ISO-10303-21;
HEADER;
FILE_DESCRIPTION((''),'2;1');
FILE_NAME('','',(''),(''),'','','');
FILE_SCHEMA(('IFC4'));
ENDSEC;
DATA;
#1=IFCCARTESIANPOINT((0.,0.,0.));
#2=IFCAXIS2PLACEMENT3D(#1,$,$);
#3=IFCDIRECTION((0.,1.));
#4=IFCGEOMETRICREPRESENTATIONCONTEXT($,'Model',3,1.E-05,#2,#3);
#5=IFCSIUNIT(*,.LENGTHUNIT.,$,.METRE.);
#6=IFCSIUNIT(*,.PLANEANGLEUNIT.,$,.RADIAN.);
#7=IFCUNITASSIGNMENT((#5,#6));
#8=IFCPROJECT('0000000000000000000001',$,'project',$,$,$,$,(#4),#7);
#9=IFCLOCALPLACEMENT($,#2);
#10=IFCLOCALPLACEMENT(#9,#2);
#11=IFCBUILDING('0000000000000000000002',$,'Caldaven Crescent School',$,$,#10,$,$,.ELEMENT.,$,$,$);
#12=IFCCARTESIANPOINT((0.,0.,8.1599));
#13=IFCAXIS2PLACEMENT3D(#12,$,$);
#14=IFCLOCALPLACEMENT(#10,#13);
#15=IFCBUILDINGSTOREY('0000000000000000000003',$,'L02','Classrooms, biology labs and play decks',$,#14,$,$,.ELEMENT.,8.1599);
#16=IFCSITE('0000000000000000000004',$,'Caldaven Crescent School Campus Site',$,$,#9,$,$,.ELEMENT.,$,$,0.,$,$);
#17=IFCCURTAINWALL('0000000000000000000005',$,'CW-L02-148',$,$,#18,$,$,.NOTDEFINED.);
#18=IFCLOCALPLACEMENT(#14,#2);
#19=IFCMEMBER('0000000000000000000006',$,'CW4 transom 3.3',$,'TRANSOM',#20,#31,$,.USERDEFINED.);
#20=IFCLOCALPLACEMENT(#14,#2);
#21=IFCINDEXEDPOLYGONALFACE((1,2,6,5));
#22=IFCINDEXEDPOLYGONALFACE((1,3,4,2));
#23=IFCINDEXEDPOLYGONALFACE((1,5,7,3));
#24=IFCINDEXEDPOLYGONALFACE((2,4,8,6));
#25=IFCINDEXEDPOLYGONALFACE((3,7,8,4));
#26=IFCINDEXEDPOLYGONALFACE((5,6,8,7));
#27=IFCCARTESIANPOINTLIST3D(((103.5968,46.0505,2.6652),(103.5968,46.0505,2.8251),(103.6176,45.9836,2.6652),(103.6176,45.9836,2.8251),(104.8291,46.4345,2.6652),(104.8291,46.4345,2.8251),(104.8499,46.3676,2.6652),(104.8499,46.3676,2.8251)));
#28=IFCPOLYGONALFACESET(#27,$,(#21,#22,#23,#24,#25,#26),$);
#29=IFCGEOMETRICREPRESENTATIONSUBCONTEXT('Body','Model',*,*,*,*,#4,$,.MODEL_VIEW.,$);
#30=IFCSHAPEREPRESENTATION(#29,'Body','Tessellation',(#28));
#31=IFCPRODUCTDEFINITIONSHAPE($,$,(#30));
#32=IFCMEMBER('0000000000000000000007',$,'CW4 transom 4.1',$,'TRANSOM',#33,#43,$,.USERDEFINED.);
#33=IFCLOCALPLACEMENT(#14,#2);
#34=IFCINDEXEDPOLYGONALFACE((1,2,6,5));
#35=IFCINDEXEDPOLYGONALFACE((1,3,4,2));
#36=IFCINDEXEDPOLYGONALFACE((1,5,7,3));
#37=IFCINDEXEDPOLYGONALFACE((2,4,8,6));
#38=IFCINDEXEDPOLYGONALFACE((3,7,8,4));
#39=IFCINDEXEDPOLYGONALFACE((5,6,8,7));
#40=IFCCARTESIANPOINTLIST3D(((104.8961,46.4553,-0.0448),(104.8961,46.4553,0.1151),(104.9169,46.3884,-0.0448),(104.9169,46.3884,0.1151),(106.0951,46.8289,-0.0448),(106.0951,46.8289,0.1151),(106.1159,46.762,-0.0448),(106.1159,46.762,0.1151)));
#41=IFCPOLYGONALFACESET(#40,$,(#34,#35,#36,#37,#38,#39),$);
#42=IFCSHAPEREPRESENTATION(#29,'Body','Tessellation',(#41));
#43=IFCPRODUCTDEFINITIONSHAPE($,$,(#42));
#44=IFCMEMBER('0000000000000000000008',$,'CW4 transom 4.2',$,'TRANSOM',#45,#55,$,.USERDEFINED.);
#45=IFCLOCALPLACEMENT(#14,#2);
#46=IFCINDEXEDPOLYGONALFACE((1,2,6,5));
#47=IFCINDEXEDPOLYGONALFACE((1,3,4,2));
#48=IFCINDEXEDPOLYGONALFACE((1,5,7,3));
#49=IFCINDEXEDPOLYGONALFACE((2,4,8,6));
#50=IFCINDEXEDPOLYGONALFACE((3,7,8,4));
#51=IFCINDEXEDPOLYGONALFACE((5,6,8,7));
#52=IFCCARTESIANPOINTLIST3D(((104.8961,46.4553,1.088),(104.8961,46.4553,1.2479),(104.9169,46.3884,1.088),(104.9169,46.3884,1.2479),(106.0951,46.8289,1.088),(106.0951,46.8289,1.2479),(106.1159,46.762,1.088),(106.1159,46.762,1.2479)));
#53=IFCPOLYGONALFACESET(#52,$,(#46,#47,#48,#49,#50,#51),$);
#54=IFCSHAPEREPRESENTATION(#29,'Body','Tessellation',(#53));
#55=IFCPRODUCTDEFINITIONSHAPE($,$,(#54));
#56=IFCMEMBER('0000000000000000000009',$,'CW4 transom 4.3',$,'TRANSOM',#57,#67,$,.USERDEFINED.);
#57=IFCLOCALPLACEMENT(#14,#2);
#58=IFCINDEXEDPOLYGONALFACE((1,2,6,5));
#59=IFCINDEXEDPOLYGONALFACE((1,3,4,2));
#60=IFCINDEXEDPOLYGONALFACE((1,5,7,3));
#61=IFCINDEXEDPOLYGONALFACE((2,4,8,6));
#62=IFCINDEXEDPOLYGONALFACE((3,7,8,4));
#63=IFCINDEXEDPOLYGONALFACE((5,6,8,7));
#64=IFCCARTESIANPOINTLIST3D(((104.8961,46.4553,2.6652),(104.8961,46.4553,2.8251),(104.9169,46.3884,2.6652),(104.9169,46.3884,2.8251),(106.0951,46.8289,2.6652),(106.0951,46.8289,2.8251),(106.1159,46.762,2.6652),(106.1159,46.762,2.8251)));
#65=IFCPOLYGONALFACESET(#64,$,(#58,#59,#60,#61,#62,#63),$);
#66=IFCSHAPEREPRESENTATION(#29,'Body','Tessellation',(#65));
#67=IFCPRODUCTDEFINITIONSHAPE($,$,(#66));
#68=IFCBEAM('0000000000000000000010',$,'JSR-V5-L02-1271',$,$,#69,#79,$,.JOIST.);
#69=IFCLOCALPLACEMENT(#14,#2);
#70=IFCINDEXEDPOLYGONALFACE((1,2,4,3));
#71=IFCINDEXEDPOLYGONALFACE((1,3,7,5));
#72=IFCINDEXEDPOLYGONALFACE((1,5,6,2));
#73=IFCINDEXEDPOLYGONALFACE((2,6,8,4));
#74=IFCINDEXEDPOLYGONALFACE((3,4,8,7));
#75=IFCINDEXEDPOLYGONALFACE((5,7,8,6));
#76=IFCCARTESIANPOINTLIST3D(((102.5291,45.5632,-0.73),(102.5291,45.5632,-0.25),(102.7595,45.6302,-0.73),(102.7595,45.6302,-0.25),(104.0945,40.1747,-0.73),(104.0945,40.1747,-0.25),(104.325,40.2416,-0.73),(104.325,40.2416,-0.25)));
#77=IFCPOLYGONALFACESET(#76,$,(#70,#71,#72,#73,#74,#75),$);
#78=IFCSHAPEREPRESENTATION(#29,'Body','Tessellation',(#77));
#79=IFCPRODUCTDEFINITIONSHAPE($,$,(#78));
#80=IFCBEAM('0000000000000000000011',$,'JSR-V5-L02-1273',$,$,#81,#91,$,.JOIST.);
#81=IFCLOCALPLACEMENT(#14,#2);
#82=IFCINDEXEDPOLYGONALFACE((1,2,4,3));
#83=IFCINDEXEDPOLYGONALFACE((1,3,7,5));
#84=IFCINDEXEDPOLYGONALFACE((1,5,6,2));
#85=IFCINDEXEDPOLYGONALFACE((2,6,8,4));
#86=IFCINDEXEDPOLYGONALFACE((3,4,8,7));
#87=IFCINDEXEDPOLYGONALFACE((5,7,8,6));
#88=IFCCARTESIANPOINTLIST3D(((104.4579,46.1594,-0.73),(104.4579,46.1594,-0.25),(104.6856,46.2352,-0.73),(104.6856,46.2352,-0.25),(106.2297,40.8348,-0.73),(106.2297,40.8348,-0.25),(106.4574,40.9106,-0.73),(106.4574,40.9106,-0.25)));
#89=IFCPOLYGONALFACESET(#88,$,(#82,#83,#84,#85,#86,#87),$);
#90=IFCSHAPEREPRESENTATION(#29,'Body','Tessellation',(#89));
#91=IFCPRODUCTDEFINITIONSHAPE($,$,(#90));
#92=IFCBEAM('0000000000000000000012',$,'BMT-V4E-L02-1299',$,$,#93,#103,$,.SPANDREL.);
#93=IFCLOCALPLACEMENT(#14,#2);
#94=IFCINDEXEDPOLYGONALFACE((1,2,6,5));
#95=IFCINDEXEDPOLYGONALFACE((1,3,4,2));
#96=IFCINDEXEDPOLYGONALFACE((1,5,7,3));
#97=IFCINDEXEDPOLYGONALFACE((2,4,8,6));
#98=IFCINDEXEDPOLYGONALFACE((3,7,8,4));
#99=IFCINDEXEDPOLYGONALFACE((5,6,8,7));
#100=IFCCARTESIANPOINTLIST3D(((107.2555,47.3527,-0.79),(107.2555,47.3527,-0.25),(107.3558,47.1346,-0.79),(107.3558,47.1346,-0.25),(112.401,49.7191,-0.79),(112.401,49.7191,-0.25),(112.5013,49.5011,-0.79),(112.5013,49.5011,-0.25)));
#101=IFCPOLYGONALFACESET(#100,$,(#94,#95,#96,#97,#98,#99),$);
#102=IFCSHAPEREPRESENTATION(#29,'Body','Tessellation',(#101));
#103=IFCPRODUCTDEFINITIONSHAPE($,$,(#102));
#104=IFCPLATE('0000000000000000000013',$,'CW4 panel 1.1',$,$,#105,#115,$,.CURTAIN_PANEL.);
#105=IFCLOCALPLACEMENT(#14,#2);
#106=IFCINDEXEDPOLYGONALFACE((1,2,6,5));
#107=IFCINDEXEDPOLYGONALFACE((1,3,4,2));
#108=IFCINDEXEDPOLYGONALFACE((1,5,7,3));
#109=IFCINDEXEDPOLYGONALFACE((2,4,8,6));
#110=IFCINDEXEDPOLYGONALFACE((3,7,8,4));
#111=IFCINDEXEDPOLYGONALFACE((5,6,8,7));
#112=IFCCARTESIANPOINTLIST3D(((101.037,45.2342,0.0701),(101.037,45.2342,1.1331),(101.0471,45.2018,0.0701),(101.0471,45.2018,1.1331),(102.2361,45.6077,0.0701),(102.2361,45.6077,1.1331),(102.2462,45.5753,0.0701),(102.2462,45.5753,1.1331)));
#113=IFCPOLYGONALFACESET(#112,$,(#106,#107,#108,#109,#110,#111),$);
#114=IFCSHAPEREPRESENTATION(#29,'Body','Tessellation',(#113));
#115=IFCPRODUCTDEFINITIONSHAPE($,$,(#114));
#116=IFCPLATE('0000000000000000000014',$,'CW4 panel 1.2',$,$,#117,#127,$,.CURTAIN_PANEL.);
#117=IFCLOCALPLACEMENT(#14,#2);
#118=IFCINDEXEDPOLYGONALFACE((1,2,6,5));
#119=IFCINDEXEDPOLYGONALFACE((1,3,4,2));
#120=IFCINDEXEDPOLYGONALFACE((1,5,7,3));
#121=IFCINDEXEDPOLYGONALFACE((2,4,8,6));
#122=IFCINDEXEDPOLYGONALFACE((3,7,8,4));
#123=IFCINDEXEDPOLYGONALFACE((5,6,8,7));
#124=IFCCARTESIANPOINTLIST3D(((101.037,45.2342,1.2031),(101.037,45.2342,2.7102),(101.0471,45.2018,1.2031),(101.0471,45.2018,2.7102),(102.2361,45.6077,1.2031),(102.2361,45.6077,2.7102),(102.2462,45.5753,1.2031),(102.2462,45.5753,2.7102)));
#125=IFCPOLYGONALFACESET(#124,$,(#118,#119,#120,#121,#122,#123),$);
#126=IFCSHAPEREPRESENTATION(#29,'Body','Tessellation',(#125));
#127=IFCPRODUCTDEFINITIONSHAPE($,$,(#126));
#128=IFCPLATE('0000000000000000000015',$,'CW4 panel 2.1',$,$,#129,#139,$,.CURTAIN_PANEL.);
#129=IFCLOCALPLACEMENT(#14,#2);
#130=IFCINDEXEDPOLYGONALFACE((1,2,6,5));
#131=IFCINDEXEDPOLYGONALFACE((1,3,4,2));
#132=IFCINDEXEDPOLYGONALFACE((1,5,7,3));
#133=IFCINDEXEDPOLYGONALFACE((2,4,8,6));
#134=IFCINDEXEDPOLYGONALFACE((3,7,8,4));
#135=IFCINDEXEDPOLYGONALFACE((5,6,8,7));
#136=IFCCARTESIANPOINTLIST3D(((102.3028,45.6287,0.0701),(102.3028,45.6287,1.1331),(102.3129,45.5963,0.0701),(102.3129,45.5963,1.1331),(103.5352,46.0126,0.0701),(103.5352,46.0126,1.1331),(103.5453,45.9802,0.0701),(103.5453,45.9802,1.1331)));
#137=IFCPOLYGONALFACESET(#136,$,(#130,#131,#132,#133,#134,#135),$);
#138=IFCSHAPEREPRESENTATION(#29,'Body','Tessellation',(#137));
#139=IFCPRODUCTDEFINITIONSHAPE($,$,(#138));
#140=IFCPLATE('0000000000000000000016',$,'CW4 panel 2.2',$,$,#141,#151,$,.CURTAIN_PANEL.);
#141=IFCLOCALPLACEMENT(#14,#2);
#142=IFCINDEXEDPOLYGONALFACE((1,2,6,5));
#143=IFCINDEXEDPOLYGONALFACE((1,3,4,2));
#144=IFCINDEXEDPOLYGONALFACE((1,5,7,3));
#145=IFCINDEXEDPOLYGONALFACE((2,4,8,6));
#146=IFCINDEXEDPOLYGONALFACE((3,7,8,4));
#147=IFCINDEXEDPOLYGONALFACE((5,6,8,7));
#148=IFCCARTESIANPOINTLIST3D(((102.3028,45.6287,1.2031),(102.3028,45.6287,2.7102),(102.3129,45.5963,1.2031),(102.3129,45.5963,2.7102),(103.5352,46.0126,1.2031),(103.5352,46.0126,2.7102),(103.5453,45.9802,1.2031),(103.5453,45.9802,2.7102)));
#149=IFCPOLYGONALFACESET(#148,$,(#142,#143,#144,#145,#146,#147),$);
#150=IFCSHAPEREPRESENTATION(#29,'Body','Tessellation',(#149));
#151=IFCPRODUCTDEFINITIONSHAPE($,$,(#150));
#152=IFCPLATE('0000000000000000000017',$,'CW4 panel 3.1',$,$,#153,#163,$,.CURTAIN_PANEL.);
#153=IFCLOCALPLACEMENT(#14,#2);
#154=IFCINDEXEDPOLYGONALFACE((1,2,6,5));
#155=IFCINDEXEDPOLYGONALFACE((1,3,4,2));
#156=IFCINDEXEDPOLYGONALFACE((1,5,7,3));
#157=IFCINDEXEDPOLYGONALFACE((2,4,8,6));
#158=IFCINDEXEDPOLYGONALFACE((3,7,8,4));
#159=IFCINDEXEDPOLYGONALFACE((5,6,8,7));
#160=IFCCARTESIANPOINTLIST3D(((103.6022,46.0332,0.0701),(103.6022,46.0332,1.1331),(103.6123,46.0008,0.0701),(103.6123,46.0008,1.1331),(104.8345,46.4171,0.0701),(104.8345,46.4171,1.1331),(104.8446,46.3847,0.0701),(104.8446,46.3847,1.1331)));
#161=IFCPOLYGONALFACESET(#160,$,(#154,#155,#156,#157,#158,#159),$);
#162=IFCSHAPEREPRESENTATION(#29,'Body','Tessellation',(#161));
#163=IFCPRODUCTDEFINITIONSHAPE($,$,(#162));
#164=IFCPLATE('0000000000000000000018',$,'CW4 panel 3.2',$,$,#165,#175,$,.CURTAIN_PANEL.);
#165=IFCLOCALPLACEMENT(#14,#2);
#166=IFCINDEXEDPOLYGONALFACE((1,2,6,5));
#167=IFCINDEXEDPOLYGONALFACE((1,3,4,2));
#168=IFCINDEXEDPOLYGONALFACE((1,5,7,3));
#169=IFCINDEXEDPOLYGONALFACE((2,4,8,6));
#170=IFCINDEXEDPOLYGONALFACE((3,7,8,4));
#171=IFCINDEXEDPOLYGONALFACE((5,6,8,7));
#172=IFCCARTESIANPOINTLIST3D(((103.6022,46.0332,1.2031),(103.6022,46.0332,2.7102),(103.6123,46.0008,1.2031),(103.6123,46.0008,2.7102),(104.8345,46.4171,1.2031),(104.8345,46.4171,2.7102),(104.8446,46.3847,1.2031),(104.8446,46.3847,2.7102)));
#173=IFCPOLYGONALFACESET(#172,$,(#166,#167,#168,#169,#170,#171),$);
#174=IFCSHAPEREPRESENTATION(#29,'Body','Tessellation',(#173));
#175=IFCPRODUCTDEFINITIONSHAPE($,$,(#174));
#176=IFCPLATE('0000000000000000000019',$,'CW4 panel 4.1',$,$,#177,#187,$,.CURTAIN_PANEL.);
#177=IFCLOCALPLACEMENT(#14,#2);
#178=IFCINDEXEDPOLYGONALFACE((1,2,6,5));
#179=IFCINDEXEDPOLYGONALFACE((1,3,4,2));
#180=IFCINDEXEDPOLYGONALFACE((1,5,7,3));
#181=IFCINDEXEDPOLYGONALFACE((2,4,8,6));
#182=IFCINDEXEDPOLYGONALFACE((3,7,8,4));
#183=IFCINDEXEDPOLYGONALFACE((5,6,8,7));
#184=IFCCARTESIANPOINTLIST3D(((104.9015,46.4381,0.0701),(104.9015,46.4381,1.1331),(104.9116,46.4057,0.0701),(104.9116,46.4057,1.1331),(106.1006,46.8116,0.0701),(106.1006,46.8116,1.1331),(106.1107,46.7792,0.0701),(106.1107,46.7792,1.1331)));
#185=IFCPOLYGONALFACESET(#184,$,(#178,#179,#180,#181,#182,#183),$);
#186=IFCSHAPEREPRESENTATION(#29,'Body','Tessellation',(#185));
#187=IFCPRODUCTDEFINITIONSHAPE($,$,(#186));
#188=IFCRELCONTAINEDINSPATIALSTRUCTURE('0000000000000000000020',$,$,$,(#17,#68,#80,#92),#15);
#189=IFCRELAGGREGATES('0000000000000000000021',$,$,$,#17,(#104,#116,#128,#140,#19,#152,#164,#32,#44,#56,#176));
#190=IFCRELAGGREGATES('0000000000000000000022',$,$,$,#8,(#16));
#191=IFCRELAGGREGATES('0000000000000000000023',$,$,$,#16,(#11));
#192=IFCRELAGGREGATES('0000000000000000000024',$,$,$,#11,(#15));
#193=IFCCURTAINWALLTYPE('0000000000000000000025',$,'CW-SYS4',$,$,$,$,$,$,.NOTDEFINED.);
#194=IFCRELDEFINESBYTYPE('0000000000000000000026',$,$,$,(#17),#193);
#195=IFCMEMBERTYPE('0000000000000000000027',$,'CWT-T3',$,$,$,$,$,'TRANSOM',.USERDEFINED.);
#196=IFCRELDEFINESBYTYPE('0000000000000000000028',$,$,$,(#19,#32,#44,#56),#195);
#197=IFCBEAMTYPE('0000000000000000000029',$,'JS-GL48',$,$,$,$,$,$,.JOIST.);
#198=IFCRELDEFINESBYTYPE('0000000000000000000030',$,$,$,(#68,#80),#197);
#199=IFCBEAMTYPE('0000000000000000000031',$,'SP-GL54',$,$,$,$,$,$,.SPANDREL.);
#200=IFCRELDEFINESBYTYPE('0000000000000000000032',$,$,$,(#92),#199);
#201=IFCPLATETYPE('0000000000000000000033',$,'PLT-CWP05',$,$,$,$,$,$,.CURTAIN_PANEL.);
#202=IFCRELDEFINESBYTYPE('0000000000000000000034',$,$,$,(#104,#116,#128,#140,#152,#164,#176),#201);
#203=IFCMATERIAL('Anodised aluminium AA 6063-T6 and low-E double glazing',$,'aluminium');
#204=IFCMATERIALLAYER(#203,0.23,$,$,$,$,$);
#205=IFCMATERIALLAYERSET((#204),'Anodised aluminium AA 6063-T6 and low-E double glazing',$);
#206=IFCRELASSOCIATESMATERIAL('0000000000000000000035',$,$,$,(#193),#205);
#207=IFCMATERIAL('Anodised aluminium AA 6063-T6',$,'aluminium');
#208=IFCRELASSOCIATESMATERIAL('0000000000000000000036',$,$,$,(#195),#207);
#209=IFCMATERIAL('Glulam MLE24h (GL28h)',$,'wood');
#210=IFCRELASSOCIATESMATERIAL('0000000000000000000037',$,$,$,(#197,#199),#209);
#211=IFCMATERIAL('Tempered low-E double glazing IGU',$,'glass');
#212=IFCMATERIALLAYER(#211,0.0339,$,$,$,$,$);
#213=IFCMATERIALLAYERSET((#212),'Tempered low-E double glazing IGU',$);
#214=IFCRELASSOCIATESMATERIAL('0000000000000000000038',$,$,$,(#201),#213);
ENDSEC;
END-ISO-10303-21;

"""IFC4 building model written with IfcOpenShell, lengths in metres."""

from ifc_helpers import new_model, si_unit, direction, frame, origin, origin_2d, place, context, subcontext, project, spatial, rectangle, extrude, material, layer, layer_set, material_profile, profile_set, type_object, element, aggregate, save


model = new_model("IFC4")

# Units and contexts
model_context = context("Model", 3, precision=1e-05, world=origin(), true_north=direction((0.0, 1.0)))
body_context = subcontext(model_context, "Body", "Model", "MODEL_VIEW")
ifc_project = project(units=[si_unit("LENGTHUNIT", "METRE"), si_unit("PLANEANGLEUNIT", "RADIAN")], contexts=[model_context])

# Site, building, storey
site_placement = place(None, origin())
site = spatial("IfcSite", under=ifc_project, at=site_placement, Name="Caldaven Crescent School Campus Site", CompositionType="ELEMENT", RefElevation=0.0)
building_placement = place(site_placement, origin())
building = spatial("IfcBuilding", under=site, at=building_placement, Name="Caldaven Crescent School", CompositionType="ELEMENT")
storey_placement = place(building_placement, frame((0.0, 0.0, 8.1599)))
storey = spatial("IfcBuildingStorey", under=building, at=storey_placement, Name="L02", Description="Classrooms, biology labs and play decks", CompositionType="ELEMENT", Elevation=8.1599)

# Shared definitions
ifc_material_1 = material(Name="Glulam MLE24h (GL28h)", Category="wood")

# Shared definitions
ifc_material_2 = material(Name="Anodised aluminium AA 6063-T6 and low-E double glazing", Category="aluminium")
ifc_material_3 = material(Name="Anodised aluminium AA 6063-T6", Category="aluminium")

# Curtain wall, members
ifc_layer_1 = layer(ifc_material_2, 0.23)
ifc_layer_set_1 = layer_set([ifc_layer_1], Name="Anodised aluminium AA 6063-T6 and low-E double glazing")
curtain_wall_type_1 = type_object("IfcCurtainWallType", Name="CW-SYS4", PredefinedType="NOTDEFINED", material=ifc_layer_set_1)
curtain_wall_1_placement = place(storey_placement, origin())
curtain_wall_1 = element("IfcCurtainWall", 1, at=curtain_wall_1_placement, inside=storey, type_object=curtain_wall_type_1, Name="CW-L02-148", PredefinedType="NOTDEFINED")
ifc_material_profile_1 = material_profile(ifc_material_3, rectangle(XDim=0.0701, YDim=0.1599, at=origin_2d()), Name="CWT 70x160")
ifc_profile_set_1 = profile_set([ifc_material_profile_1], Name="Anodised aluminium AA 6063-T6")
member_type_1 = type_object("IfcMemberType", Name="CWT-T3", ElementType="TRANSOM", PredefinedType="USERDEFINED", material=ifc_profile_set_1)
member_1_placement = place(storey_placement, frame((103.6072, 46.0171, 2.7451), z_axis=(0.954722, 0.2975, 0.0), x_axis=(-0.2975, 0.954722, 0.0)))
member_1 = element("IfcMember", 2, at=member_1_placement, type_object=member_type_1, Name="CW4 transom 3.3", ObjectType="TRANSOM", PredefinedType="USERDEFINED", context=body_context, shape_type="SweptSolid", body=[
    extrude(rectangle(XDim=0.0701, YDim=0.1599, at=origin_2d()), origin(), (0.0, 0.0, 1.0), 1.2908),
])
member_2_placement = place(storey_placement, frame((104.9065, 46.4219, 0.0352), z_axis=(0.954739, 0.297445, 0.0), x_axis=(-0.297445, 0.954739, 0.0)))
member_2 = element("IfcMember", 3, at=member_2_placement, type_object=member_type_1, Name="CW4 transom 4.1", ObjectType="TRANSOM", PredefinedType="USERDEFINED", context=body_context, shape_type="SweptSolid", body=[
    extrude(rectangle(XDim=0.0701, YDim=0.1599, at=origin_2d()), origin(), (0.0, 0.0, 1.0), 1.2559),
])
member_3_placement = place(storey_placement, frame((104.9065, 46.4219, 1.168), z_axis=(0.954739, 0.297445, 0.0), x_axis=(-0.297445, 0.954739, 0.0)))
member_3 = element("IfcMember", 4, at=member_3_placement, type_object=member_type_1, Name="CW4 transom 4.2", ObjectType="TRANSOM", PredefinedType="USERDEFINED", context=body_context, shape_type="SweptSolid", body=[
    extrude(rectangle(XDim=0.0701, YDim=0.1599, at=origin_2d()), origin(), (0.0, 0.0, 1.0), 1.2559),
])
member_4_placement = place(storey_placement, frame((104.9065, 46.4219, 2.7451), z_axis=(0.954739, 0.297445, 0.0), x_axis=(-0.297445, 0.954739, 0.0)))
member_4 = element("IfcMember", 5, at=member_4_placement, type_object=member_type_1, Name="CW4 transom 4.3", ObjectType="TRANSOM", PredefinedType="USERDEFINED", context=body_context, shape_type="SweptSolid", body=[
    extrude(rectangle(XDim=0.0701, YDim=0.1599, at=origin_2d()), origin(), (0.0, 0.0, 1.0), 1.2559),
])

# Beams
ifc_material_profile_2 = material_profile(ifc_material_1, rectangle(XDim=0.24, YDim=0.48, at=origin_2d()), Name="MLE 240x480")
ifc_profile_set_2 = profile_set([ifc_material_profile_2], Name="Glulam MLE24h (GL28h)")
beam_type_1 = type_object("IfcBeamType", Name="JS-GL48", PredefinedType="JOIST", material=ifc_profile_set_2)
beam_1_placement = place(storey_placement, frame((102.6443, 45.5967, -0.49), z_axis=(0.278982, -0.960296, 0.0), x_axis=(0.960296, 0.278982, 0.0)))
element("IfcBeam", 6, at=beam_1_placement, inside=storey, type_object=beam_type_1, Name="JSR-V5-L02-1271", PredefinedType="JOIST", context=body_context, shape_type="SweptSolid", body=[
    extrude(rectangle(XDim=0.24, YDim=0.48, at=origin_2d()), origin(), (0.0, 0.0, 1.0), 5.6113),
])
beam_2_placement = place(storey_placement, frame((104.5718, 46.1973, -0.49), z_axis=(0.315732, -0.948848, 0.0), x_axis=(0.948848, 0.315732, 0.0)))
element("IfcBeam", 7, at=beam_2_placement, inside=storey, type_object=beam_type_1, Name="JSR-V5-L02-1273", PredefinedType="JOIST", context=body_context, shape_type="SweptSolid", body=[
    extrude(rectangle(XDim=0.24, YDim=0.48, at=origin_2d()), origin(), (0.0, 0.0, 1.0), 5.6116),
])
ifc_material_profile_3 = material_profile(ifc_material_1, rectangle(XDim=0.24, YDim=0.54, at=origin_2d()), Name="MLE 240x540")
ifc_profile_set_3 = profile_set([ifc_material_profile_3], Name="Glulam MLE24h (GL28h)")
beam_type_2 = type_object("IfcBeamType", Name="SP-GL54", PredefinedType="SPANDREL", material=ifc_profile_set_3)
beam_3_placement = place(storey_placement, frame((107.3057, 47.2437, -0.52), z_axis=(0.908523, 0.417836, 0.0), x_axis=(-0.417836, 0.908523, 0.0)))
element("IfcBeam", 8, at=beam_3_placement, inside=storey, type_object=beam_type_2, Name="BMT-V4E-L02-1299", PredefinedType="SPANDREL", context=body_context, shape_type="SweptSolid", body=[
    extrude(rectangle(XDim=0.24, YDim=0.54, at=origin_2d()), origin(), (0.0, 0.0, 1.0), 5.6636),
])

# Plates
ifc_material_4 = material(Name="Tempered low-E double glazing IGU", Category="glass")
ifc_layer_2 = layer(ifc_material_4, 0.0339)
ifc_layer_set_2 = layer_set([ifc_layer_2], Name="Tempered low-E double glazing IGU")
plate_type = type_object("IfcPlateType", Name="PLT-CWP05", PredefinedType="CURTAIN_PANEL", material=ifc_layer_set_2)
plate_1_placement = place(storey_placement, frame((101.6416, 45.4048, 0.0701), z_axis=(0.0, 0.0, 1.0), x_axis=(0.954747, 0.29742, 0.0)))
plate_1 = element("IfcPlate", 9, at=plate_1_placement, type_object=plate_type, Name="CW4 panel 1.1", PredefinedType="CURTAIN_PANEL", context=body_context, shape_type="SweptSolid", body=[
    extrude(rectangle(XDim=1.2559, YDim=0.0339, at=origin_2d()), origin(), (0.0, 0.0, 1.0), 1.063),
])
plate_2_placement = place(storey_placement, frame((101.6416, 45.4048, 1.2031), z_axis=(0.0, 0.0, 1.0), x_axis=(0.954747, 0.29742, 0.0)))
plate_2 = element("IfcPlate", 10, at=plate_2_placement, type_object=plate_type, Name="CW4 panel 1.2", PredefinedType="CURTAIN_PANEL", context=body_context, shape_type="SweptSolid", body=[
    extrude(rectangle(XDim=1.2559, YDim=0.0339, at=origin_2d()), origin(), (0.0, 0.0, 1.0), 1.5071),
])
plate_3_placement = place(storey_placement, frame((102.9241, 45.8044, 0.0701), z_axis=(0.0, 0.0, 1.0), x_axis=(0.954747, 0.29742, 0.0)))
plate_3 = element("IfcPlate", 11, at=plate_3_placement, type_object=plate_type, Name="CW4 panel 2.1", PredefinedType="CURTAIN_PANEL", context=body_context, shape_type="SweptSolid", body=[
    extrude(rectangle(XDim=1.2908, YDim=0.0339, at=origin_2d()), origin(), (0.0, 0.0, 1.0), 1.063),
])
plate_4_placement = place(storey_placement, frame((102.9241, 45.8044, 1.2031), z_axis=(0.0, 0.0, 1.0), x_axis=(0.954747, 0.29742, 0.0)))
plate_4 = element("IfcPlate", 12, at=plate_4_placement, type_object=plate_type, Name="CW4 panel 2.2", PredefinedType="CURTAIN_PANEL", context=body_context, shape_type="SweptSolid", body=[
    extrude(rectangle(XDim=1.2908, YDim=0.0339, at=origin_2d()), origin(), (0.0, 0.0, 1.0), 1.5071),
])
plate_5_placement = place(storey_placement, frame((104.2234, 46.209, 0.0701), z_axis=(0.0, 0.0, 1.0), x_axis=(0.954747, 0.29742, 0.0)))
plate_5 = element("IfcPlate", 13, at=plate_5_placement, type_object=plate_type, Name="CW4 panel 3.1", PredefinedType="CURTAIN_PANEL", context=body_context, shape_type="SweptSolid", body=[
    extrude(rectangle(XDim=1.2908, YDim=0.0339, at=origin_2d()), origin(), (0.0, 0.0, 1.0), 1.063),
])
plate_6_placement = place(storey_placement, frame((104.2234, 46.209, 1.2031), z_axis=(0.0, 0.0, 1.0), x_axis=(0.954747, 0.29742, 0.0)))
plate_6 = element("IfcPlate", 14, at=plate_6_placement, type_object=plate_type, Name="CW4 panel 3.2", PredefinedType="CURTAIN_PANEL", context=body_context, shape_type="SweptSolid", body=[
    extrude(rectangle(XDim=1.2908, YDim=0.0339, at=origin_2d()), origin(), (0.0, 0.0, 1.0), 1.5071),
])
plate_7_placement = place(storey_placement, frame((105.5061, 46.6086, 0.0701), z_axis=(0.0, 0.0, 1.0), x_axis=(0.954747, 0.29742, 0.0)))
plate_7 = element("IfcPlate", 15, at=plate_7_placement, type_object=plate_type, Name="CW4 panel 4.1", PredefinedType="CURTAIN_PANEL", context=body_context, shape_type="SweptSolid", body=[
    extrude(rectangle(XDim=1.2559, YDim=0.0339, at=origin_2d()), origin(), (0.0, 0.0, 1.0), 1.063),
])
aggregate(curtain_wall_1, [plate_1, plate_2, plate_3, plate_4, member_1, plate_5, plate_6, member_2, member_3, member_4, plate_7])

save(model, "model.ifc")
